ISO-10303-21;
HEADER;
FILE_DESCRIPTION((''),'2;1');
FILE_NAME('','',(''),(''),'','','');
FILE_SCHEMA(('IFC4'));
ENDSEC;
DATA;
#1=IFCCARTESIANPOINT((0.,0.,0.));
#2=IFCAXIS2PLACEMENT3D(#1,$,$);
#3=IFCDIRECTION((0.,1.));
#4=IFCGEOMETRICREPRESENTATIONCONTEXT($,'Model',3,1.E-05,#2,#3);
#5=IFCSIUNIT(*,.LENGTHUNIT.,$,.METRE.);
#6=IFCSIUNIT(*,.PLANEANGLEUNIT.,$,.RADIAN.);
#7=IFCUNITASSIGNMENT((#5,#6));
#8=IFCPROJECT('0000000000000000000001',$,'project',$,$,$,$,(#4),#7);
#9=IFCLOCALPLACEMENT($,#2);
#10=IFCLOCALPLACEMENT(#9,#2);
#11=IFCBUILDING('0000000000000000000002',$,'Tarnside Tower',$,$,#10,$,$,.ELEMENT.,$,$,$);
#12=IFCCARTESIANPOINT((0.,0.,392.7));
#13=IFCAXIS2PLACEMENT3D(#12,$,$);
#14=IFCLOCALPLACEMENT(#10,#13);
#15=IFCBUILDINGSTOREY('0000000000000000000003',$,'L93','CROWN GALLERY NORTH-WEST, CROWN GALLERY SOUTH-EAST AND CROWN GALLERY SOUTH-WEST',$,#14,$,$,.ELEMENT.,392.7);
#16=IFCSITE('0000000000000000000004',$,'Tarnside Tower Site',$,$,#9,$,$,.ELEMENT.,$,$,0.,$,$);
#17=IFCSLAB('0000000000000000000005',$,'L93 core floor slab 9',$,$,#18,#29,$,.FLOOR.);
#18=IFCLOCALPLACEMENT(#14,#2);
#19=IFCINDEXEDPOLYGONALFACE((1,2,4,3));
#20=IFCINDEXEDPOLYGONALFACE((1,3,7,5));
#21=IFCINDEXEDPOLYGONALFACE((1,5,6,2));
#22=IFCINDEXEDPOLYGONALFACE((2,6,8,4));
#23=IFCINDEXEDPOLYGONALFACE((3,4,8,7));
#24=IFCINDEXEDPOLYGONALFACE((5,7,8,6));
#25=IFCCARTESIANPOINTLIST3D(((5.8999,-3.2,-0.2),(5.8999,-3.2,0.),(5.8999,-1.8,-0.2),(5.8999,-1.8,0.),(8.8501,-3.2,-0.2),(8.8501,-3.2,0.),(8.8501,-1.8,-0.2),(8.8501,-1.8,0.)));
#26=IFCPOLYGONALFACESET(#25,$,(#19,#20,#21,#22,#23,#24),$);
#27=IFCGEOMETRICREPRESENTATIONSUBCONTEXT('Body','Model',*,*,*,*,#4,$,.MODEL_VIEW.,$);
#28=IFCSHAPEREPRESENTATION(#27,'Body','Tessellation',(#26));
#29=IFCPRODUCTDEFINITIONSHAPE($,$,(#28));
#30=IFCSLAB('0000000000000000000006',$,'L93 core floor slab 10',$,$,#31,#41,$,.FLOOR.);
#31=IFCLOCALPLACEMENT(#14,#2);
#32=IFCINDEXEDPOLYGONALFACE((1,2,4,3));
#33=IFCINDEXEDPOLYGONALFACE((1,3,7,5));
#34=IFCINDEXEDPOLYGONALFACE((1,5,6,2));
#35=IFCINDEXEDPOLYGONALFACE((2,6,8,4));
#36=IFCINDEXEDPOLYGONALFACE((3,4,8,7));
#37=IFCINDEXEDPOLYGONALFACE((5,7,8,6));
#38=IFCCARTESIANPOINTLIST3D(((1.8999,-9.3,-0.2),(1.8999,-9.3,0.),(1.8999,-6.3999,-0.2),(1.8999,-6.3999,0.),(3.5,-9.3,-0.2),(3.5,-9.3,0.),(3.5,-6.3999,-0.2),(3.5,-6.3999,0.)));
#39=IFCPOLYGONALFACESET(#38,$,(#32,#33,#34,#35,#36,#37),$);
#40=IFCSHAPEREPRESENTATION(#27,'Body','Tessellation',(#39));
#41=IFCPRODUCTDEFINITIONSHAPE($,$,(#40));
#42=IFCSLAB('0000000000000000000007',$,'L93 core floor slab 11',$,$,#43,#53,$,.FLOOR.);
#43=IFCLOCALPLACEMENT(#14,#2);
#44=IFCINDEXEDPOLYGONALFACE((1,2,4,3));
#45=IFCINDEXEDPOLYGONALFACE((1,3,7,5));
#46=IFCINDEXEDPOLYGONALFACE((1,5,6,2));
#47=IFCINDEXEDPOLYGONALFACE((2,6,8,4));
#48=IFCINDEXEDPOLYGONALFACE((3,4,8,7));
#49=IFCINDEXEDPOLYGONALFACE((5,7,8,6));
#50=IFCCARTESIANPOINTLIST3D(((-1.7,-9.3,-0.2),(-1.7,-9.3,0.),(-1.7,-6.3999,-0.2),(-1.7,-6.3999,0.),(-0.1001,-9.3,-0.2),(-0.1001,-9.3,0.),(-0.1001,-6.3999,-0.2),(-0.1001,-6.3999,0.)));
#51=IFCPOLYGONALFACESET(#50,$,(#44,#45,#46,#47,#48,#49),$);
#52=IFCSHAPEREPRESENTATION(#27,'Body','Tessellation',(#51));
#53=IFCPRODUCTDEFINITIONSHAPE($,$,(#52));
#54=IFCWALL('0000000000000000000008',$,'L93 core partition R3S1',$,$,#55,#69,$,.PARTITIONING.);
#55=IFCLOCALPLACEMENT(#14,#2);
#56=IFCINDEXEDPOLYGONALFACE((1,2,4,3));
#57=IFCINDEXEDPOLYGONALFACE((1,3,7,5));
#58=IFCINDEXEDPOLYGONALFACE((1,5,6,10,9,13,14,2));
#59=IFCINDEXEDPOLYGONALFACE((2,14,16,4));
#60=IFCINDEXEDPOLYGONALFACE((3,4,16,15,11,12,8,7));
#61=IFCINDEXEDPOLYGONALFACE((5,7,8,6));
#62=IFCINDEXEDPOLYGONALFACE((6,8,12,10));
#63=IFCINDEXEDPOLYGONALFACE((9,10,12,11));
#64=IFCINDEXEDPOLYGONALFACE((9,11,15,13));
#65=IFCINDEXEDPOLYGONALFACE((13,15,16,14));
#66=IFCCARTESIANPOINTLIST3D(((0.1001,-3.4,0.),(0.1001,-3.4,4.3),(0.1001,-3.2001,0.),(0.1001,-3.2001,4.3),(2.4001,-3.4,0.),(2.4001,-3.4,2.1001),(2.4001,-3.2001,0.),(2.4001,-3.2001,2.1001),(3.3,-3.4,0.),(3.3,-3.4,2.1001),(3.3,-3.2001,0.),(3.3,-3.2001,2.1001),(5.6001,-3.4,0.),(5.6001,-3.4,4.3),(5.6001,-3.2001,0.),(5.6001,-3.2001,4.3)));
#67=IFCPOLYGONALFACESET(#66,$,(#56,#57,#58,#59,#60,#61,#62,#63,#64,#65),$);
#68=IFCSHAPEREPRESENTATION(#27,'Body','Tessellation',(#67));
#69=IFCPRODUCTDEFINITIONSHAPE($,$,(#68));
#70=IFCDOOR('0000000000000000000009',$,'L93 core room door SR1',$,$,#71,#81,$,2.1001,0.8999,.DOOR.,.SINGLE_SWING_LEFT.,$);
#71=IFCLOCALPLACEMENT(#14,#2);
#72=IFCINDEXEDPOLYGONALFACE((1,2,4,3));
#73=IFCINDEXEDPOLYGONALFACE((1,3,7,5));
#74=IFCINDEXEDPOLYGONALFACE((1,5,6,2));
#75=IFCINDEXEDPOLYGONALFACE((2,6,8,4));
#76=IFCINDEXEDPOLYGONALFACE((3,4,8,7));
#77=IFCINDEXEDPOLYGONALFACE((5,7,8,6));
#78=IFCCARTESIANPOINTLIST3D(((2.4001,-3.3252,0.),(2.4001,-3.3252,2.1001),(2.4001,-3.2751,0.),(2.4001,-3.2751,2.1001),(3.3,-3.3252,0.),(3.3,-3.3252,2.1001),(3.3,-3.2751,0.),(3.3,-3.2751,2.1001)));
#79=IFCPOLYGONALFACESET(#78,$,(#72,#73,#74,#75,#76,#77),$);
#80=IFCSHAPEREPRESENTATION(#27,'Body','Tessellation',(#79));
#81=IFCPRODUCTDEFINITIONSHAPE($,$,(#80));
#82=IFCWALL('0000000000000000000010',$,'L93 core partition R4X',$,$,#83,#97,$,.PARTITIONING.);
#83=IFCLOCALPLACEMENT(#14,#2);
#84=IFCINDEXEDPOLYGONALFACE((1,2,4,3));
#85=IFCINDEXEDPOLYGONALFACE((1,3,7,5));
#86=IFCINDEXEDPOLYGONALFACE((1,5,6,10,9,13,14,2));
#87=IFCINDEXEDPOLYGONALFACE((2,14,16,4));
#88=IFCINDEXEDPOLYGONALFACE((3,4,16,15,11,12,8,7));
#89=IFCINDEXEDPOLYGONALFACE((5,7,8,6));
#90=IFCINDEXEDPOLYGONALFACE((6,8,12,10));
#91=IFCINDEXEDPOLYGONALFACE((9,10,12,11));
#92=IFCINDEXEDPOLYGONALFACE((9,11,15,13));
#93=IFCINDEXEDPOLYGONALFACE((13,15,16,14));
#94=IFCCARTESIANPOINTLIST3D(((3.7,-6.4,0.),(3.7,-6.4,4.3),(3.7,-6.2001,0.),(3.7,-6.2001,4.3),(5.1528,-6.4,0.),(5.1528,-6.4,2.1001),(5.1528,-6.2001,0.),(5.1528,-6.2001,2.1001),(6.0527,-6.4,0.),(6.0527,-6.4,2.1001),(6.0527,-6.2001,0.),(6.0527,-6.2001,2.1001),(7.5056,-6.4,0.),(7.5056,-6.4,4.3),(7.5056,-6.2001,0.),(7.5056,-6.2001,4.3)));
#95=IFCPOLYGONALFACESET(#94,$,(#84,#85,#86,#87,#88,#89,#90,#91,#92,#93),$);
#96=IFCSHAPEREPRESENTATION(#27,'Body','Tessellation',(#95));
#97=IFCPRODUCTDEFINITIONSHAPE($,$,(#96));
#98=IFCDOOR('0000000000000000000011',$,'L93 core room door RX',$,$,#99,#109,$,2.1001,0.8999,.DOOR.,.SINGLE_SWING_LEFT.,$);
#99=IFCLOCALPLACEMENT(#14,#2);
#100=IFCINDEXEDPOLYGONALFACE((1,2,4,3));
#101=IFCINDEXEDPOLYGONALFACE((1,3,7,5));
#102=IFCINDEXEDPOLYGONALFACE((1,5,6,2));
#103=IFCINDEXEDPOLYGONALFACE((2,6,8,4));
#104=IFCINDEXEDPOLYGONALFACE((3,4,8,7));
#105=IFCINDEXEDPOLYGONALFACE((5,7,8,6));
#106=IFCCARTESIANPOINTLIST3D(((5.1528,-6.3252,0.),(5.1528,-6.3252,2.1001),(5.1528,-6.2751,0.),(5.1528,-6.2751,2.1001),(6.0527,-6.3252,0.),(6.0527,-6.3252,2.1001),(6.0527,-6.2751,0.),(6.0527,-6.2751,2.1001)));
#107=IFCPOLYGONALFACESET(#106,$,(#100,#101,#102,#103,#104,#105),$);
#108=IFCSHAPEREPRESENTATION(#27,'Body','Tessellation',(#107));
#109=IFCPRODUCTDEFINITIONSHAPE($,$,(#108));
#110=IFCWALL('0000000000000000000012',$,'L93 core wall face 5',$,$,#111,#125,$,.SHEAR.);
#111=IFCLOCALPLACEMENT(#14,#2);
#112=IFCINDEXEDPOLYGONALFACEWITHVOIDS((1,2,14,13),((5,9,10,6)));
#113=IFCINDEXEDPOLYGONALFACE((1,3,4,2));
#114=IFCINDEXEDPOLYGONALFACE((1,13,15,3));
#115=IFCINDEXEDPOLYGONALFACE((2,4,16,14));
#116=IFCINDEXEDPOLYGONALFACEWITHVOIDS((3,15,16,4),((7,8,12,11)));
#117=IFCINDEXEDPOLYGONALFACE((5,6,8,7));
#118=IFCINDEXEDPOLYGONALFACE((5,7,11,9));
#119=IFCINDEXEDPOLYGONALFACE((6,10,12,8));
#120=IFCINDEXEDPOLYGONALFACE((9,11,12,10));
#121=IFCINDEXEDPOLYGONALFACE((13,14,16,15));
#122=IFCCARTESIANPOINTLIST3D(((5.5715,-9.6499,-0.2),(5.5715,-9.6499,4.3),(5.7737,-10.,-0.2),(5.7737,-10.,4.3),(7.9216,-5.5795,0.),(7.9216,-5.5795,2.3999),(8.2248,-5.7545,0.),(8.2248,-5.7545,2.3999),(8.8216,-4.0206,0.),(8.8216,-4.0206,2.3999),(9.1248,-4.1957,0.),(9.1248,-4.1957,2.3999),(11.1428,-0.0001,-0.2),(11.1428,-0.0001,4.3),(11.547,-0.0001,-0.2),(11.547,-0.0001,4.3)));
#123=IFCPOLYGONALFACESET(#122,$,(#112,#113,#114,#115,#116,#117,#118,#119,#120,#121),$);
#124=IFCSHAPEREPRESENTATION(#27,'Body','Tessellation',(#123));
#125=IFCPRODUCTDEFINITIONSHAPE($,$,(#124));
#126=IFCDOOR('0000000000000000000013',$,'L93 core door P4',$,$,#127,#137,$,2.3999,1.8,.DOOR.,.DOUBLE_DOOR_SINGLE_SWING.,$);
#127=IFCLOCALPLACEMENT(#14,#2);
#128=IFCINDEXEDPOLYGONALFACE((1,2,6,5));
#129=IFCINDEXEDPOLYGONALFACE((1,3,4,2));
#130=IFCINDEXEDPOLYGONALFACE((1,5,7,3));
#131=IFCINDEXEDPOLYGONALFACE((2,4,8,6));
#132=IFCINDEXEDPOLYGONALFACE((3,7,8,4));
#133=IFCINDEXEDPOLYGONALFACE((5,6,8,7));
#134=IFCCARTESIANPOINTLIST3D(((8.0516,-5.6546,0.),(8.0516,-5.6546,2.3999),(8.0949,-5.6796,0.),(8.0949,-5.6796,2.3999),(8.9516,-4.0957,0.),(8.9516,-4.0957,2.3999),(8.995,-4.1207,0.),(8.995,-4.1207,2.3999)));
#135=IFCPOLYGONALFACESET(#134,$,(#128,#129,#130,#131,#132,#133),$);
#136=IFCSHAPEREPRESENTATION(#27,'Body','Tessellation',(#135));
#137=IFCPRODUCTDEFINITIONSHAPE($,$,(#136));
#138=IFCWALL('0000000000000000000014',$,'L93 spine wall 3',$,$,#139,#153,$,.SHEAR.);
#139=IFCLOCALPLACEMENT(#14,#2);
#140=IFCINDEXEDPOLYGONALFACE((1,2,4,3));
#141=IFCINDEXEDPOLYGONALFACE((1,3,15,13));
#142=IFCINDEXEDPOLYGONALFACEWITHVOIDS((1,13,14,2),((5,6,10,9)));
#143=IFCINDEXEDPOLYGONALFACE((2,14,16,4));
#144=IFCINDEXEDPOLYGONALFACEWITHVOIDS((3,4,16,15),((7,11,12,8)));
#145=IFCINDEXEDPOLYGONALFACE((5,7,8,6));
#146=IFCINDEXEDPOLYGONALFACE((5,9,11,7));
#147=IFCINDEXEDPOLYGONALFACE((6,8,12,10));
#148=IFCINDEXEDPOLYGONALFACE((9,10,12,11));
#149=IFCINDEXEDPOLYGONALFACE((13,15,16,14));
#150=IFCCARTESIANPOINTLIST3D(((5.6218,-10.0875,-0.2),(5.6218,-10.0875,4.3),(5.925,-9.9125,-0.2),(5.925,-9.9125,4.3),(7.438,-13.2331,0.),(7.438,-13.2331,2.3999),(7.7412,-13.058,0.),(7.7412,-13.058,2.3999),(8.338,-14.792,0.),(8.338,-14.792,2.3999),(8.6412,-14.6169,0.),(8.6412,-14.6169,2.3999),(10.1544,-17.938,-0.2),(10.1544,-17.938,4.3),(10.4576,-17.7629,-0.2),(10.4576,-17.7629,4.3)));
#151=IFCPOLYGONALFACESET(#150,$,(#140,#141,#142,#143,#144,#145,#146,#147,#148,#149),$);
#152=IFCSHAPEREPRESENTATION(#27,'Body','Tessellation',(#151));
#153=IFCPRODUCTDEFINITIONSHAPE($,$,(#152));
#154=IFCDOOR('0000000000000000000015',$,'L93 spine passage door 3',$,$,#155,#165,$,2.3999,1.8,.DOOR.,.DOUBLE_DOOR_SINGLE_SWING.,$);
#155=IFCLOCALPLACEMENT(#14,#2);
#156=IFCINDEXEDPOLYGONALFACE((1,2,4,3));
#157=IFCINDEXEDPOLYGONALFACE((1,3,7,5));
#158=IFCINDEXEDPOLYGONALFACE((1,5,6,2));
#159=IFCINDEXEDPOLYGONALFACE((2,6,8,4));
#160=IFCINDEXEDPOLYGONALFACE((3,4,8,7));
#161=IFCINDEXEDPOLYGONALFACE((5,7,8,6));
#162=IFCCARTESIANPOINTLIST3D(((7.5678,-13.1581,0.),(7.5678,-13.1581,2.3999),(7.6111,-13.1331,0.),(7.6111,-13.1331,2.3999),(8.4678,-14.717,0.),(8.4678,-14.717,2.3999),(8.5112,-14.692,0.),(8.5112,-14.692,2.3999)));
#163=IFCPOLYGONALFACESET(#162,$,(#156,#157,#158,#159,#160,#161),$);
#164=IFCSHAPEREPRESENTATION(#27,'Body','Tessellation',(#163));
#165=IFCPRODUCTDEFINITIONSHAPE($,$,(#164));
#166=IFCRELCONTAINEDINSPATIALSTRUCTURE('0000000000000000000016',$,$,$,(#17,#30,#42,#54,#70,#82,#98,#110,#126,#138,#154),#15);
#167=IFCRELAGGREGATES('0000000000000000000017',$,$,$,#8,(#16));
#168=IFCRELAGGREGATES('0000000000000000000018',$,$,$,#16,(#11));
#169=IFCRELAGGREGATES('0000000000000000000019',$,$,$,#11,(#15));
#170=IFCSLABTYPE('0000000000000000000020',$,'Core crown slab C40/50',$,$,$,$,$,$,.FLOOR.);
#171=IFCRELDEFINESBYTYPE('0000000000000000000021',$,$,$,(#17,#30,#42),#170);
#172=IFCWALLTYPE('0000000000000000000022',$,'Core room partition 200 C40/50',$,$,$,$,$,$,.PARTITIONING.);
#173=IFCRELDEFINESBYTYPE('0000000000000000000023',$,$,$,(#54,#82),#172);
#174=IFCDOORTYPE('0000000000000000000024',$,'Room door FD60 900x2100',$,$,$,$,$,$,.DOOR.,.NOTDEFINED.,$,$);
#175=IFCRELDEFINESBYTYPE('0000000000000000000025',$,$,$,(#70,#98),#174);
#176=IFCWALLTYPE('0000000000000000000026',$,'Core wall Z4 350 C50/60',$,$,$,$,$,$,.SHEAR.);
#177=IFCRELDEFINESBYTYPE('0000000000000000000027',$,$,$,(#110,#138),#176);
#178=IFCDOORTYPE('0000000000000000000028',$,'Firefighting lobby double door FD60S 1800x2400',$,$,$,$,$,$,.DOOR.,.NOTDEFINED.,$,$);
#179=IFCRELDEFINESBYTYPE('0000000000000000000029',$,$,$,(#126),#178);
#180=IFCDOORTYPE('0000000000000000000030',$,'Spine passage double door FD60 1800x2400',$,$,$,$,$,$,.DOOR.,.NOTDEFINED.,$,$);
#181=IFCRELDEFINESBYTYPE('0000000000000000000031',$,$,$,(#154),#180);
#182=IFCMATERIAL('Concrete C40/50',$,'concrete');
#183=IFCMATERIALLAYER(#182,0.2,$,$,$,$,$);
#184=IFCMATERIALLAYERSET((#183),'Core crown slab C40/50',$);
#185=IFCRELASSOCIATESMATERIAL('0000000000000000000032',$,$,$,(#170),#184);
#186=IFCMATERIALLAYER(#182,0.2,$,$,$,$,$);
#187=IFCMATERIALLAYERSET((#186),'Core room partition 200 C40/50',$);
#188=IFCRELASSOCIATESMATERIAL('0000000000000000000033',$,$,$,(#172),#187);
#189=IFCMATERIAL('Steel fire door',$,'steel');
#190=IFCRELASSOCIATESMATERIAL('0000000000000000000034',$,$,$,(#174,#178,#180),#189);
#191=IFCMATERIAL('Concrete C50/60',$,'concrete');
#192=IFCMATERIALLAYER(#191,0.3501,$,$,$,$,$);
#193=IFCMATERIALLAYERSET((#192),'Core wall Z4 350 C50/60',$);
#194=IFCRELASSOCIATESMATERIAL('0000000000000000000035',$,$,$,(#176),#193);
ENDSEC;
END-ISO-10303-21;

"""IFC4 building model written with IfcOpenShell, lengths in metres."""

from ifc_helpers import new_model, si_unit, direction, frame, frame_2d, origin, place, context, subcontext, project, spatial, polyline, rectangle, outline, extrude, material, layer, layer_set, type_object, element, fill, save


model = new_model("IFC4")

# Units and contexts
model_context = context("Model", 3, precision=1e-05, world=origin(), true_north=direction((0.0, 1.0)))
body_context = subcontext(model_context, "Body", "Model", "MODEL_VIEW")
ifc_project = project(units=[si_unit("LENGTHUNIT", "METRE"), si_unit("PLANEANGLEUNIT", "RADIAN")], contexts=[model_context])

# Site, building, storey
site_placement = place(None, origin())
site = spatial("IfcSite", under=ifc_project, at=site_placement, Name="Tarnside Tower Site", CompositionType="ELEMENT", RefElevation=0.0)
building_placement = place(site_placement, origin())
building = spatial("IfcBuilding", under=site, at=building_placement, Name="Tarnside Tower", CompositionType="ELEMENT")
storey_placement = place(building_placement, frame((0.0, 0.0, 392.7)))
storey = spatial("IfcBuildingStorey", under=building, at=storey_placement, Name="L93", Description="CROWN GALLERY NORTH-WEST, CROWN GALLERY SOUTH-EAST AND CROWN GALLERY SOUTH-WEST", CompositionType="ELEMENT", Elevation=392.7)

# Slabs
ifc_material_1 = material(Name="Concrete C40/50", Category="concrete")
ifc_layer_1 = layer(ifc_material_1, 0.2)
ifc_layer_set_1 = layer_set([ifc_layer_1], Name="Core crown slab C40/50")
slab_type = type_object("IfcSlabType", Name="Core crown slab C40/50", PredefinedType="FLOOR", material=ifc_layer_set_1)
slab_1_placement = place(storey_placement, frame((0.0, 0.0, -0.2)))
element("IfcSlab", 1, at=slab_1_placement, inside=storey, type_object=slab_type, Name="L93 core floor slab 9", PredefinedType="FLOOR", context=body_context, shape_type="SweptSolid", body=[
    extrude(outline(polyline([(5.8999, -1.8), (8.8501, -1.8), (8.8501, -3.2), (5.8999, -3.2), (5.8999, -1.8)])), origin(), (0.0, 0.0, 1.0), 0.2),
])
slab_2_placement = place(storey_placement, frame((0.0, 0.0, -0.2)))
element("IfcSlab", 2, at=slab_2_placement, inside=storey, type_object=slab_type, Name="L93 core floor slab 10", PredefinedType="FLOOR", context=body_context, shape_type="SweptSolid", body=[
    extrude(outline(polyline([(3.5, -9.3), (1.8999, -9.3), (1.8999, -6.3999), (3.5, -6.3999), (3.5, -9.3)])), origin(), (0.0, 0.0, 1.0), 0.2),
])
slab_3_placement = place(storey_placement, frame((0.0, 0.0, -0.2)))
element("IfcSlab", 3, at=slab_3_placement, inside=storey, type_object=slab_type, Name="L93 core floor slab 11", PredefinedType="FLOOR", context=body_context, shape_type="SweptSolid", body=[
    extrude(outline(polyline([(-0.1001, -9.3), (-1.7, -9.3), (-1.7, -6.3999), (-0.1001, -6.3999), (-0.1001, -9.3)])), origin(), (0.0, 0.0, 1.0), 0.2),
])

# Walls, openings, doors
ifc_layer_2 = layer(ifc_material_1, 0.2)
ifc_layer_set_2 = layer_set([ifc_layer_2], Name="Core room partition 200 C40/50")
wall_type_1 = type_object("IfcWallType", Name="Core room partition 200 C40/50", PredefinedType="PARTITIONING", material=ifc_layer_set_2)
wall_1_placement = place(storey_placement, frame((0.1001, -3.3, 0.0), z_axis=(0.0, 0.0, 1.0), x_axis=(1.0, 0.0, 0.0)))
wall_1 = element("IfcWall", 4, at=wall_1_placement, inside=storey, type_object=wall_type_1, Name="L93 core partition R3S1", PredefinedType="PARTITIONING", context=body_context, shape_type="SweptSolid", body=[
    extrude(rectangle(XDim=5.5, YDim=0.2, at=frame_2d((2.75, 0.0))), origin(), (0.0, 0.0, 1.0), 4.3),
])
opening_1_placement = place(wall_1_placement, frame((2.3, 0.0, 0.0)))
opening_1 = element("IfcOpeningElement", 5, at=opening_1_placement, cuts=wall_1, PredefinedType="OPENING", context=body_context, shape_type="SweptSolid", body=[
    extrude(rectangle(XDim=0.8999, YDim=2.1001, at=frame_2d((0.45, 1.05))), frame((0.0, 0.1099, 0.0), z_axis=(0.0, -1.0, 0.0), x_axis=(1.0, 0.0, 0.0)), (0.0, 0.0, 1.0), 0.22),
])
ifc_material_2 = material(Name="Steel fire door", Category="steel")
door_type_1 = type_object("IfcDoorType", Name="Room door FD60 900x2100", OperationType="NOTDEFINED", PredefinedType="DOOR", material=ifc_material_2)
door_1_placement = place(opening_1_placement, origin())
door_1 = element("IfcDoor", 6, at=door_1_placement, inside=storey, type_object=door_type_1, Name="L93 core room door SR1", OperationType="SINGLE_SWING_LEFT", OverallHeight=2.1001, OverallWidth=0.8999, PredefinedType="DOOR", context=body_context, shape_type="SweptSolid", body=[
    extrude(rectangle(XDim=0.8999, YDim=2.1001, at=frame_2d((0.45, 1.05))), frame((0.0, 0.0249, 0.0), z_axis=(0.0, -1.0, 0.0), x_axis=(1.0, 0.0, 0.0)), (0.0, 0.0, 1.0), 0.05),
])
fill(opening_1, door_1)
wall_2_placement = place(storey_placement, frame((3.7, -6.3, 0.0), z_axis=(0.0, 0.0, 1.0), x_axis=(1.0, 0.0, 0.0)))
wall_2 = element("IfcWall", 7, at=wall_2_placement, inside=storey, type_object=wall_type_1, Name="L93 core partition R4X", PredefinedType="PARTITIONING", context=body_context, shape_type="SweptSolid", body=[
    extrude(rectangle(XDim=3.8057, YDim=0.2, at=frame_2d((1.9028, 0.0))), origin(), (0.0, 0.0, 1.0), 4.3),
])
opening_2_placement = place(wall_2_placement, frame((1.4529, 0.0, 0.0)))
opening_2 = element("IfcOpeningElement", 8, at=opening_2_placement, cuts=wall_2, PredefinedType="OPENING", context=body_context, shape_type="SweptSolid", body=[
    extrude(rectangle(XDim=0.8999, YDim=2.1001, at=frame_2d((0.45, 1.05))), frame((0.0, 0.1099, 0.0), z_axis=(0.0, -1.0, 0.0), x_axis=(1.0, 0.0, 0.0)), (0.0, 0.0, 1.0), 0.22),
])
door_2_placement = place(opening_2_placement, origin())
door_2 = element("IfcDoor", 9, at=door_2_placement, inside=storey, type_object=door_type_1, Name="L93 core room door RX", OperationType="SINGLE_SWING_LEFT", OverallHeight=2.1001, OverallWidth=0.8999, PredefinedType="DOOR", context=body_context, shape_type="SweptSolid", body=[
    extrude(rectangle(XDim=0.8999, YDim=2.1001, at=frame_2d((0.45, 1.05))), frame((0.0, 0.0249, 0.0), z_axis=(0.0, -1.0, 0.0), x_axis=(1.0, 0.0, 0.0)), (0.0, 0.0, 1.0), 0.05),
])
fill(opening_2, door_2)
ifc_material_3 = material(Name="Concrete C50/60", Category="concrete")
ifc_layer_3 = layer(ifc_material_3, 0.3501)
ifc_layer_set_3 = layer_set([ifc_layer_3], Name="Core wall Z4 350 C50/60")
wall_type_2 = type_object("IfcWallType", Name="Core wall Z4 350 C50/60", PredefinedType="SHEAR", material=ifc_layer_set_3)
wall_3_placement = place(storey_placement, frame((5.6726, -9.825, -0.2), z_axis=(0.0, 0.0, 1.0), x_axis=(0.499995, 0.866028, 0.0)))
wall_3 = element("IfcWall", 10, at=wall_3_placement, inside=storey, type_object=wall_type_2, Name="L93 core wall face 5", PredefinedType="SHEAR", context=body_context, shape_type="SweptSolid", body=[
    extrude(outline(polyline([(-0.1011, -0.175), (11.4458, -0.175), (11.2437, 0.175), (0.1011, 0.175), (-0.1011, -0.175)])), origin(), (0.0, 0.0, 1.0), 4.5),
])
opening_3_placement = place(wall_3_placement, frame((4.8013, 0.0, 0.2)))
opening_3 = element("IfcOpeningElement", 11, at=opening_3_placement, cuts=wall_3, PredefinedType="OPENING", context=body_context, shape_type="SweptSolid", body=[
    extrude(rectangle(XDim=1.8, YDim=2.3999, at=frame_2d((0.8999, 1.2))), frame((0.0, 0.1851, 0.0), z_axis=(0.0, -1.0, 0.0), x_axis=(1.0, 0.0, 0.0)), (0.0, 0.0, 1.0), 0.3701),
])
door_type_2 = type_object("IfcDoorType", Name="Firefighting lobby double door FD60S 1800x2400", OperationType="NOTDEFINED", PredefinedType="DOOR", material=ifc_material_2)
door_3_placement = place(opening_3_placement, origin())
door_3 = element("IfcDoor", 12, at=door_3_placement, inside=storey, type_object=door_type_2, Name="L93 core door P4", OperationType="DOUBLE_DOOR_SINGLE_SWING", OverallHeight=2.3999, OverallWidth=1.8, PredefinedType="DOOR", context=body_context, shape_type="SweptSolid", body=[
    extrude(rectangle(XDim=1.8, YDim=2.3999, at=frame_2d((0.8999, 1.2))), frame((0.0, 0.0249, 0.0), z_axis=(0.0, -1.0, 0.0), x_axis=(1.0, 0.0, 0.0)), (0.0, 0.0, 1.0), 0.05),
])
fill(opening_3, door_3)
wall_4_placement = place(storey_placement, frame((5.7734, -10.0, -0.2), z_axis=(0.0, 0.0, 1.0), x_axis=(0.500006, -0.866022, 0.0)))
wall_4 = element("IfcWall", 13, at=wall_4_placement, inside=storey, type_object=wall_type_2, Name="L93 spine wall 3", PredefinedType="SHEAR", context=body_context, shape_type="SweptSolid", body=[
    extrude(rectangle(XDim=9.0649, YDim=0.3501, at=frame_2d((4.5325, 0.0))), origin(), (0.0, 0.0, 1.0), 4.5),
])
opening_4_placement = place(wall_4_placement, frame((3.6323, 0.0, 0.2)))
opening_4 = element("IfcOpeningElement", 14, at=opening_4_placement, cuts=wall_4, PredefinedType="OPENING", context=body_context, shape_type="SweptSolid", body=[
    extrude(rectangle(XDim=1.8, YDim=2.3999, at=frame_2d((0.8999, 1.2))), frame((0.0, 0.1851, 0.0), z_axis=(0.0, -1.0, 0.0), x_axis=(1.0, 0.0, 0.0)), (0.0, 0.0, 1.0), 0.3701),
])
door_type_3 = type_object("IfcDoorType", Name="Spine passage double door FD60 1800x2400", OperationType="NOTDEFINED", PredefinedType="DOOR", material=ifc_material_2)
door_4_placement = place(opening_4_placement, origin())
door_4 = element("IfcDoor", 15, at=door_4_placement, inside=storey, type_object=door_type_3, Name="L93 spine passage door 3", OperationType="DOUBLE_DOOR_SINGLE_SWING", OverallHeight=2.3999, OverallWidth=1.8, PredefinedType="DOOR", context=body_context, shape_type="SweptSolid", body=[
    extrude(rectangle(XDim=1.8, YDim=2.3999, at=frame_2d((0.8999, 1.2))), frame((0.0, 0.0249, 0.0), z_axis=(0.0, -1.0, 0.0), x_axis=(1.0, 0.0, 0.0)), (0.0, 0.0, 1.0), 0.05),
])
fill(opening_4, door_4)

save(model, "model.ifc")
